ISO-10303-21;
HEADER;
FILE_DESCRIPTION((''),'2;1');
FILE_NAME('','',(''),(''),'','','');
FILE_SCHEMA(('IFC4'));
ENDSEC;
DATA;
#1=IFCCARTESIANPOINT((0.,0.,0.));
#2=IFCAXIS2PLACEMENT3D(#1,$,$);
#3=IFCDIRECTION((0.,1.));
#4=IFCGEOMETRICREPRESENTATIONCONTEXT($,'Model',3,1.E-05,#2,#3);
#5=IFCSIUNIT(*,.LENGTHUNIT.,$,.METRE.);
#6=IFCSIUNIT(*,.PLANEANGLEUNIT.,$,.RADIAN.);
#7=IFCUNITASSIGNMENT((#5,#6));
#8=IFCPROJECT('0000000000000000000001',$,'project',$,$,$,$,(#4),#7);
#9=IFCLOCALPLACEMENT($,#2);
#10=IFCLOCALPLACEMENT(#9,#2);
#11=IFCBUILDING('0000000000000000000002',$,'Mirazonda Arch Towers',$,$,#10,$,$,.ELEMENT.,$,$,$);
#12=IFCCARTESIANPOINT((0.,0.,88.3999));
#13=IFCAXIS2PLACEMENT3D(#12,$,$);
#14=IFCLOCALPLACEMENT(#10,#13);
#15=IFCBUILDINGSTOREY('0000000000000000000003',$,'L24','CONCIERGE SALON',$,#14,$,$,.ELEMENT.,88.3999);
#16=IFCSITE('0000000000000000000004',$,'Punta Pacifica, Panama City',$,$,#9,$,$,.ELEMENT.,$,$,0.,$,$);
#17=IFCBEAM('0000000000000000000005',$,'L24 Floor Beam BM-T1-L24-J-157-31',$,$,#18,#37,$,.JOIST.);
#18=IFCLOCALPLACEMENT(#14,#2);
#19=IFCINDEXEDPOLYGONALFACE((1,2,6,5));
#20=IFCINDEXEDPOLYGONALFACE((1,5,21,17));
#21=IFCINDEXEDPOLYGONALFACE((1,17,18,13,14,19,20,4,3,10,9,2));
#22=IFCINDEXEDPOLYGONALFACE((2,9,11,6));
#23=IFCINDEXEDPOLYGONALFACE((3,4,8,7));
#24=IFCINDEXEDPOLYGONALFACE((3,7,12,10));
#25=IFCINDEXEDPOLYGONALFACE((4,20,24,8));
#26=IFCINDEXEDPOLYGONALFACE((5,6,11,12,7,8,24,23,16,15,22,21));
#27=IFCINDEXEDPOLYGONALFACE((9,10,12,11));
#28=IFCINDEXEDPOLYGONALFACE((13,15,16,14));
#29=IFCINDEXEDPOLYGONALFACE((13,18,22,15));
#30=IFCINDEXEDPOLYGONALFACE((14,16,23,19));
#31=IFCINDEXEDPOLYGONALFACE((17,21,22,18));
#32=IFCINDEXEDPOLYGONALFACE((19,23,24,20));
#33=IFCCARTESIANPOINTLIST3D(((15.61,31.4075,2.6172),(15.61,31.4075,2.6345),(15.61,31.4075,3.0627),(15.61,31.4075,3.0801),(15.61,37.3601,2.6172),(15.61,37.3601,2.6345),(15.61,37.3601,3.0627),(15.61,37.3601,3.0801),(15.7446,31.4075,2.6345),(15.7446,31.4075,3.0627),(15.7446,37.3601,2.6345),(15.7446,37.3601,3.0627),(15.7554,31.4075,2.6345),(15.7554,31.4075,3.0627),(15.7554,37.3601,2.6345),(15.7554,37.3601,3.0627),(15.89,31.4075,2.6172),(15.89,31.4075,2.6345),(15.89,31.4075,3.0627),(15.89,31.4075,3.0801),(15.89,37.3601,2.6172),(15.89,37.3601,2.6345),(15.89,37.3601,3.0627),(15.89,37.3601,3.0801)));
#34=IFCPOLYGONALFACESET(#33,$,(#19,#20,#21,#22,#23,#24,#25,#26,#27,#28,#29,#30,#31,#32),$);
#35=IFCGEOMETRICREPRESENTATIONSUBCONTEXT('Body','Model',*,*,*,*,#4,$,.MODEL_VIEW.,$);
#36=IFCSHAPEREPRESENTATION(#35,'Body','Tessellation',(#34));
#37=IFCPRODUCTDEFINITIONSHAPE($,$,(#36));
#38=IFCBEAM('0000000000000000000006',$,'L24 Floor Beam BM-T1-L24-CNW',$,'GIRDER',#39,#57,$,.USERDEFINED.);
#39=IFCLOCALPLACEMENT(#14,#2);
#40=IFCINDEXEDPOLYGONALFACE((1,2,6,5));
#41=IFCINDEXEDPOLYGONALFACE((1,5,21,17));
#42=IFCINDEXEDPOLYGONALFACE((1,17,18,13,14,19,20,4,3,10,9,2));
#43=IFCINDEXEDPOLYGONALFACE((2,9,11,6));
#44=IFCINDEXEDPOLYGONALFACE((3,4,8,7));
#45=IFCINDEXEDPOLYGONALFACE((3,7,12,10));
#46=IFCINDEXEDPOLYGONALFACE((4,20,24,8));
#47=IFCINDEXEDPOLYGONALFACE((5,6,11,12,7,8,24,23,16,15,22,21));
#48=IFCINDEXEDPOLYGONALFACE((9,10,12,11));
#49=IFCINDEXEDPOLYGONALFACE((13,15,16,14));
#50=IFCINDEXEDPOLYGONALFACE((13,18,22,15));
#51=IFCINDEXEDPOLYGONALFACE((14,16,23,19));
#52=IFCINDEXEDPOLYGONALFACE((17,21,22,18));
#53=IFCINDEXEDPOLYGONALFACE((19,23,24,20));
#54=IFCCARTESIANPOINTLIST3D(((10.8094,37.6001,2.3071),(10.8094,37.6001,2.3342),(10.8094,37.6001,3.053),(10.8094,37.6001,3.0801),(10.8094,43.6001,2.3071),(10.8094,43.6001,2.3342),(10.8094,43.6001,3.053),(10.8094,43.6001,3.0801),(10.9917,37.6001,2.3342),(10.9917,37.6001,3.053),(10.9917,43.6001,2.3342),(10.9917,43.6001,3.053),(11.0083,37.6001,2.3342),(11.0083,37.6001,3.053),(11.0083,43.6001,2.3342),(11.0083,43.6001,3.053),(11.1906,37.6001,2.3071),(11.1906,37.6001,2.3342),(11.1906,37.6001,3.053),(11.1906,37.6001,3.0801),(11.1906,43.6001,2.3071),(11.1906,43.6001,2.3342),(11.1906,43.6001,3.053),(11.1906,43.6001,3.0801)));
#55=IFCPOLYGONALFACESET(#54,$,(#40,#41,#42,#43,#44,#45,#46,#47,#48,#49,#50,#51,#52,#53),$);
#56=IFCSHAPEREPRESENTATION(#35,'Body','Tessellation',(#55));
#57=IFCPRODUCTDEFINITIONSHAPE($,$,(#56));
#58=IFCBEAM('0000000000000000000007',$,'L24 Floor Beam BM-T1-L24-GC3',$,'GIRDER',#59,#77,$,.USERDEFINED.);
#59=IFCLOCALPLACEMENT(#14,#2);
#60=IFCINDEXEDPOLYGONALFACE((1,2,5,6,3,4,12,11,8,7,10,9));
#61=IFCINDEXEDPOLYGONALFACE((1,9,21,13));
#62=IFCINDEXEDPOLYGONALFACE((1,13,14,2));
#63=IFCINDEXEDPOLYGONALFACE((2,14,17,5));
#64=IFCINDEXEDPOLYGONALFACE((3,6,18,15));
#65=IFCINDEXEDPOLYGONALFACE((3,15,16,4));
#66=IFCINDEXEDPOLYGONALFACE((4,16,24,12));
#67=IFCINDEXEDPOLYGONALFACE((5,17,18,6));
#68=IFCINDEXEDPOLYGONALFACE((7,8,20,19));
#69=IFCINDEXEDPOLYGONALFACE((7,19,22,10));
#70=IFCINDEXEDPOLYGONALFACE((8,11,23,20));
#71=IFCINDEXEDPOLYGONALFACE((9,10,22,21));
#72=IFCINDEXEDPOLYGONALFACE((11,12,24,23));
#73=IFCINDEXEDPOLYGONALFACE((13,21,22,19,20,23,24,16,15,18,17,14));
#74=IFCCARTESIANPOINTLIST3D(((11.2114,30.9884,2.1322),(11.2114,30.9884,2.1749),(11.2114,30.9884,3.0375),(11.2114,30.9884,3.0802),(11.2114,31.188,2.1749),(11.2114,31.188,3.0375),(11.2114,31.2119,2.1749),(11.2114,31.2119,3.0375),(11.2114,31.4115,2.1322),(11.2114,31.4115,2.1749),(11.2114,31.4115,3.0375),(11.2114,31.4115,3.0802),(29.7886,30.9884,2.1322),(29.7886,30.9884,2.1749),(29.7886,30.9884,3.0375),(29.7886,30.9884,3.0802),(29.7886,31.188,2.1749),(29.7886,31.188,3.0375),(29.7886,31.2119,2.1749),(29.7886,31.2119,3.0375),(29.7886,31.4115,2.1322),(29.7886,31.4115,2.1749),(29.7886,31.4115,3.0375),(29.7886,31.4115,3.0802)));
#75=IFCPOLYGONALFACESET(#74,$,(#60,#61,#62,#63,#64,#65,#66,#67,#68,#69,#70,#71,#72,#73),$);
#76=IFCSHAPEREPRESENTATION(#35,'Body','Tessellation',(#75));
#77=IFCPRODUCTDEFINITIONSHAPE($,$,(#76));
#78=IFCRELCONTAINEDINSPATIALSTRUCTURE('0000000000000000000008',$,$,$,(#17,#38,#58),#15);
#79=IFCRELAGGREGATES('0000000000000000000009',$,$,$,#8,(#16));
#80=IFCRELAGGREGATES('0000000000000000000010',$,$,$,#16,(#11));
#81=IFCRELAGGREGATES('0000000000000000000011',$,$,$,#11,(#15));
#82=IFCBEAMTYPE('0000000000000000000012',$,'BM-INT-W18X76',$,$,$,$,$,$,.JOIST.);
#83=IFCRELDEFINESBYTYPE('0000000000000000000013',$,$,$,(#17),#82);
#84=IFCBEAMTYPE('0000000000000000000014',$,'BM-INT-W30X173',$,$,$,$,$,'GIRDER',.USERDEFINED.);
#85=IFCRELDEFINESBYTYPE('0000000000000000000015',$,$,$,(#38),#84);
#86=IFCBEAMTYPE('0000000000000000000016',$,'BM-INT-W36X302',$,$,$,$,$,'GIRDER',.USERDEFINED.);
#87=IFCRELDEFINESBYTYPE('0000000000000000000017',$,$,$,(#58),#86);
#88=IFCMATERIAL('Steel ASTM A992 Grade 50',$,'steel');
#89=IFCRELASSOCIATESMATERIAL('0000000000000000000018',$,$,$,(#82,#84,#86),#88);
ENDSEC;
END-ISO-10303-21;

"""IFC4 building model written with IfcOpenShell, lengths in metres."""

from ifc_helpers import new_model, si_unit, direction, frame, origin, origin_2d, place, context, subcontext, project, spatial, i_section, extrude, material, material_profile, profile_set, type_object, element, save


model = new_model("IFC4")

# Units and contexts
model_context = context("Model", 3, precision=1e-05, world=origin(), true_north=direction((0.0, 1.0)))
body_context = subcontext(model_context, "Body", "Model", "MODEL_VIEW")
ifc_project = project(units=[si_unit("LENGTHUNIT", "METRE"), si_unit("PLANEANGLEUNIT", "RADIAN")], contexts=[model_context])

# Site, building, storey
site_placement = place(None, origin())
site = spatial("IfcSite", under=ifc_project, at=site_placement, Name="Punta Pacifica, Panama City", CompositionType="ELEMENT", RefElevation=0.0)
building_placement = place(site_placement, origin())
building = spatial("IfcBuilding", under=site, at=building_placement, Name="Mirazonda Arch Towers", CompositionType="ELEMENT")
storey_placement = place(building_placement, frame((0.0, 0.0, 88.3999)))
storey = spatial("IfcBuildingStorey", under=building, at=storey_placement, Name="L24", Description="CONCIERGE SALON", CompositionType="ELEMENT", Elevation=88.3999)

# Beams
ifc_material_1 = material(Name="Steel ASTM A992 Grade 50", Category="steel")
ifc_material_profile_1 = material_profile(ifc_material_1, i_section(OverallWidth=0.28, OverallDepth=0.4629, WebThickness=0.0107, FlangeThickness=0.0173, at=origin_2d()), Name="W18X76")
ifc_profile_set_1 = profile_set([ifc_material_profile_1], Name="Steel ASTM A992 Grade 50")
beam_type_1 = type_object("IfcBeamType", Name="BM-INT-W18X76", PredefinedType="JOIST", material=ifc_profile_set_1)
beam_1_placement = place(storey_placement, frame((15.75, 31.4075, 2.8486), z_axis=(0.0, 1.0, 0.0), x_axis=(-1.0, 0.0, 0.0)))
element("IfcBeam", 1, at=beam_1_placement, inside=storey, type_object=beam_type_1, Name="L24 Floor Beam BM-T1-L24-J-157-31", PredefinedType="JOIST", context=body_context, shape_type="SweptSolid", body=[
    extrude(i_section(OverallWidth=0.28, OverallDepth=0.4629, WebThickness=0.0107, FlangeThickness=0.0173, at=origin_2d()), origin(), (0.0, 0.0, 1.0), 5.9526),
])
ifc_material_profile_2 = material_profile(ifc_material_1, i_section(OverallWidth=0.3811, OverallDepth=0.7729, WebThickness=0.0166, FlangeThickness=0.0271, at=origin_2d()), Name="W30X173")
ifc_profile_set_2 = profile_set([ifc_material_profile_2], Name="Steel ASTM A992 Grade 50")
beam_type_2 = type_object("IfcBeamType", Name="BM-INT-W30X173", ElementType="GIRDER", PredefinedType="USERDEFINED", material=ifc_profile_set_2)
beam_2_placement = place(storey_placement, frame((11.0, 37.6001, 2.6936), z_axis=(0.0, 1.0, 0.0), x_axis=(-1.0, 0.0, 0.0)))
element("IfcBeam", 2, at=beam_2_placement, inside=storey, type_object=beam_type_2, Name="L24 Floor Beam BM-T1-L24-CNW", ObjectType="GIRDER", PredefinedType="USERDEFINED", context=body_context, shape_type="SweptSolid", body=[
    extrude(i_section(OverallWidth=0.3811, OverallDepth=0.7729, WebThickness=0.0166, FlangeThickness=0.0271, at=origin_2d()), origin(), (0.0, 0.0, 1.0), 6.0),
])
ifc_material_profile_3 = material_profile(ifc_material_1, i_section(OverallWidth=0.4231, OverallDepth=0.948, WebThickness=0.0239, FlangeThickness=0.0427, at=origin_2d()), Name="W36X302")
ifc_profile_set_3 = profile_set([ifc_material_profile_3], Name="Steel ASTM A992 Grade 50")
beam_type_3 = type_object("IfcBeamType", Name="BM-INT-W36X302", ElementType="GIRDER", PredefinedType="USERDEFINED", material=ifc_profile_set_3)
beam_3_placement = place(storey_placement, frame((11.2114, 31.2, 2.6062), z_axis=(1.0, 0.0, 0.0), x_axis=(0.0, 1.0, 0.0)))
element("IfcBeam", 3, at=beam_3_placement, inside=storey, type_object=beam_type_3, Name="L24 Floor Beam BM-T1-L24-GC3", ObjectType="GIRDER", PredefinedType="USERDEFINED", context=body_context, shape_type="SweptSolid", body=[
    extrude(i_section(OverallWidth=0.4231, OverallDepth=0.948, WebThickness=0.0239, FlangeThickness=0.0427, at=origin_2d()), origin(), (0.0, 0.0, 1.0), 18.5771),
])

save(model, "model.ifc")
